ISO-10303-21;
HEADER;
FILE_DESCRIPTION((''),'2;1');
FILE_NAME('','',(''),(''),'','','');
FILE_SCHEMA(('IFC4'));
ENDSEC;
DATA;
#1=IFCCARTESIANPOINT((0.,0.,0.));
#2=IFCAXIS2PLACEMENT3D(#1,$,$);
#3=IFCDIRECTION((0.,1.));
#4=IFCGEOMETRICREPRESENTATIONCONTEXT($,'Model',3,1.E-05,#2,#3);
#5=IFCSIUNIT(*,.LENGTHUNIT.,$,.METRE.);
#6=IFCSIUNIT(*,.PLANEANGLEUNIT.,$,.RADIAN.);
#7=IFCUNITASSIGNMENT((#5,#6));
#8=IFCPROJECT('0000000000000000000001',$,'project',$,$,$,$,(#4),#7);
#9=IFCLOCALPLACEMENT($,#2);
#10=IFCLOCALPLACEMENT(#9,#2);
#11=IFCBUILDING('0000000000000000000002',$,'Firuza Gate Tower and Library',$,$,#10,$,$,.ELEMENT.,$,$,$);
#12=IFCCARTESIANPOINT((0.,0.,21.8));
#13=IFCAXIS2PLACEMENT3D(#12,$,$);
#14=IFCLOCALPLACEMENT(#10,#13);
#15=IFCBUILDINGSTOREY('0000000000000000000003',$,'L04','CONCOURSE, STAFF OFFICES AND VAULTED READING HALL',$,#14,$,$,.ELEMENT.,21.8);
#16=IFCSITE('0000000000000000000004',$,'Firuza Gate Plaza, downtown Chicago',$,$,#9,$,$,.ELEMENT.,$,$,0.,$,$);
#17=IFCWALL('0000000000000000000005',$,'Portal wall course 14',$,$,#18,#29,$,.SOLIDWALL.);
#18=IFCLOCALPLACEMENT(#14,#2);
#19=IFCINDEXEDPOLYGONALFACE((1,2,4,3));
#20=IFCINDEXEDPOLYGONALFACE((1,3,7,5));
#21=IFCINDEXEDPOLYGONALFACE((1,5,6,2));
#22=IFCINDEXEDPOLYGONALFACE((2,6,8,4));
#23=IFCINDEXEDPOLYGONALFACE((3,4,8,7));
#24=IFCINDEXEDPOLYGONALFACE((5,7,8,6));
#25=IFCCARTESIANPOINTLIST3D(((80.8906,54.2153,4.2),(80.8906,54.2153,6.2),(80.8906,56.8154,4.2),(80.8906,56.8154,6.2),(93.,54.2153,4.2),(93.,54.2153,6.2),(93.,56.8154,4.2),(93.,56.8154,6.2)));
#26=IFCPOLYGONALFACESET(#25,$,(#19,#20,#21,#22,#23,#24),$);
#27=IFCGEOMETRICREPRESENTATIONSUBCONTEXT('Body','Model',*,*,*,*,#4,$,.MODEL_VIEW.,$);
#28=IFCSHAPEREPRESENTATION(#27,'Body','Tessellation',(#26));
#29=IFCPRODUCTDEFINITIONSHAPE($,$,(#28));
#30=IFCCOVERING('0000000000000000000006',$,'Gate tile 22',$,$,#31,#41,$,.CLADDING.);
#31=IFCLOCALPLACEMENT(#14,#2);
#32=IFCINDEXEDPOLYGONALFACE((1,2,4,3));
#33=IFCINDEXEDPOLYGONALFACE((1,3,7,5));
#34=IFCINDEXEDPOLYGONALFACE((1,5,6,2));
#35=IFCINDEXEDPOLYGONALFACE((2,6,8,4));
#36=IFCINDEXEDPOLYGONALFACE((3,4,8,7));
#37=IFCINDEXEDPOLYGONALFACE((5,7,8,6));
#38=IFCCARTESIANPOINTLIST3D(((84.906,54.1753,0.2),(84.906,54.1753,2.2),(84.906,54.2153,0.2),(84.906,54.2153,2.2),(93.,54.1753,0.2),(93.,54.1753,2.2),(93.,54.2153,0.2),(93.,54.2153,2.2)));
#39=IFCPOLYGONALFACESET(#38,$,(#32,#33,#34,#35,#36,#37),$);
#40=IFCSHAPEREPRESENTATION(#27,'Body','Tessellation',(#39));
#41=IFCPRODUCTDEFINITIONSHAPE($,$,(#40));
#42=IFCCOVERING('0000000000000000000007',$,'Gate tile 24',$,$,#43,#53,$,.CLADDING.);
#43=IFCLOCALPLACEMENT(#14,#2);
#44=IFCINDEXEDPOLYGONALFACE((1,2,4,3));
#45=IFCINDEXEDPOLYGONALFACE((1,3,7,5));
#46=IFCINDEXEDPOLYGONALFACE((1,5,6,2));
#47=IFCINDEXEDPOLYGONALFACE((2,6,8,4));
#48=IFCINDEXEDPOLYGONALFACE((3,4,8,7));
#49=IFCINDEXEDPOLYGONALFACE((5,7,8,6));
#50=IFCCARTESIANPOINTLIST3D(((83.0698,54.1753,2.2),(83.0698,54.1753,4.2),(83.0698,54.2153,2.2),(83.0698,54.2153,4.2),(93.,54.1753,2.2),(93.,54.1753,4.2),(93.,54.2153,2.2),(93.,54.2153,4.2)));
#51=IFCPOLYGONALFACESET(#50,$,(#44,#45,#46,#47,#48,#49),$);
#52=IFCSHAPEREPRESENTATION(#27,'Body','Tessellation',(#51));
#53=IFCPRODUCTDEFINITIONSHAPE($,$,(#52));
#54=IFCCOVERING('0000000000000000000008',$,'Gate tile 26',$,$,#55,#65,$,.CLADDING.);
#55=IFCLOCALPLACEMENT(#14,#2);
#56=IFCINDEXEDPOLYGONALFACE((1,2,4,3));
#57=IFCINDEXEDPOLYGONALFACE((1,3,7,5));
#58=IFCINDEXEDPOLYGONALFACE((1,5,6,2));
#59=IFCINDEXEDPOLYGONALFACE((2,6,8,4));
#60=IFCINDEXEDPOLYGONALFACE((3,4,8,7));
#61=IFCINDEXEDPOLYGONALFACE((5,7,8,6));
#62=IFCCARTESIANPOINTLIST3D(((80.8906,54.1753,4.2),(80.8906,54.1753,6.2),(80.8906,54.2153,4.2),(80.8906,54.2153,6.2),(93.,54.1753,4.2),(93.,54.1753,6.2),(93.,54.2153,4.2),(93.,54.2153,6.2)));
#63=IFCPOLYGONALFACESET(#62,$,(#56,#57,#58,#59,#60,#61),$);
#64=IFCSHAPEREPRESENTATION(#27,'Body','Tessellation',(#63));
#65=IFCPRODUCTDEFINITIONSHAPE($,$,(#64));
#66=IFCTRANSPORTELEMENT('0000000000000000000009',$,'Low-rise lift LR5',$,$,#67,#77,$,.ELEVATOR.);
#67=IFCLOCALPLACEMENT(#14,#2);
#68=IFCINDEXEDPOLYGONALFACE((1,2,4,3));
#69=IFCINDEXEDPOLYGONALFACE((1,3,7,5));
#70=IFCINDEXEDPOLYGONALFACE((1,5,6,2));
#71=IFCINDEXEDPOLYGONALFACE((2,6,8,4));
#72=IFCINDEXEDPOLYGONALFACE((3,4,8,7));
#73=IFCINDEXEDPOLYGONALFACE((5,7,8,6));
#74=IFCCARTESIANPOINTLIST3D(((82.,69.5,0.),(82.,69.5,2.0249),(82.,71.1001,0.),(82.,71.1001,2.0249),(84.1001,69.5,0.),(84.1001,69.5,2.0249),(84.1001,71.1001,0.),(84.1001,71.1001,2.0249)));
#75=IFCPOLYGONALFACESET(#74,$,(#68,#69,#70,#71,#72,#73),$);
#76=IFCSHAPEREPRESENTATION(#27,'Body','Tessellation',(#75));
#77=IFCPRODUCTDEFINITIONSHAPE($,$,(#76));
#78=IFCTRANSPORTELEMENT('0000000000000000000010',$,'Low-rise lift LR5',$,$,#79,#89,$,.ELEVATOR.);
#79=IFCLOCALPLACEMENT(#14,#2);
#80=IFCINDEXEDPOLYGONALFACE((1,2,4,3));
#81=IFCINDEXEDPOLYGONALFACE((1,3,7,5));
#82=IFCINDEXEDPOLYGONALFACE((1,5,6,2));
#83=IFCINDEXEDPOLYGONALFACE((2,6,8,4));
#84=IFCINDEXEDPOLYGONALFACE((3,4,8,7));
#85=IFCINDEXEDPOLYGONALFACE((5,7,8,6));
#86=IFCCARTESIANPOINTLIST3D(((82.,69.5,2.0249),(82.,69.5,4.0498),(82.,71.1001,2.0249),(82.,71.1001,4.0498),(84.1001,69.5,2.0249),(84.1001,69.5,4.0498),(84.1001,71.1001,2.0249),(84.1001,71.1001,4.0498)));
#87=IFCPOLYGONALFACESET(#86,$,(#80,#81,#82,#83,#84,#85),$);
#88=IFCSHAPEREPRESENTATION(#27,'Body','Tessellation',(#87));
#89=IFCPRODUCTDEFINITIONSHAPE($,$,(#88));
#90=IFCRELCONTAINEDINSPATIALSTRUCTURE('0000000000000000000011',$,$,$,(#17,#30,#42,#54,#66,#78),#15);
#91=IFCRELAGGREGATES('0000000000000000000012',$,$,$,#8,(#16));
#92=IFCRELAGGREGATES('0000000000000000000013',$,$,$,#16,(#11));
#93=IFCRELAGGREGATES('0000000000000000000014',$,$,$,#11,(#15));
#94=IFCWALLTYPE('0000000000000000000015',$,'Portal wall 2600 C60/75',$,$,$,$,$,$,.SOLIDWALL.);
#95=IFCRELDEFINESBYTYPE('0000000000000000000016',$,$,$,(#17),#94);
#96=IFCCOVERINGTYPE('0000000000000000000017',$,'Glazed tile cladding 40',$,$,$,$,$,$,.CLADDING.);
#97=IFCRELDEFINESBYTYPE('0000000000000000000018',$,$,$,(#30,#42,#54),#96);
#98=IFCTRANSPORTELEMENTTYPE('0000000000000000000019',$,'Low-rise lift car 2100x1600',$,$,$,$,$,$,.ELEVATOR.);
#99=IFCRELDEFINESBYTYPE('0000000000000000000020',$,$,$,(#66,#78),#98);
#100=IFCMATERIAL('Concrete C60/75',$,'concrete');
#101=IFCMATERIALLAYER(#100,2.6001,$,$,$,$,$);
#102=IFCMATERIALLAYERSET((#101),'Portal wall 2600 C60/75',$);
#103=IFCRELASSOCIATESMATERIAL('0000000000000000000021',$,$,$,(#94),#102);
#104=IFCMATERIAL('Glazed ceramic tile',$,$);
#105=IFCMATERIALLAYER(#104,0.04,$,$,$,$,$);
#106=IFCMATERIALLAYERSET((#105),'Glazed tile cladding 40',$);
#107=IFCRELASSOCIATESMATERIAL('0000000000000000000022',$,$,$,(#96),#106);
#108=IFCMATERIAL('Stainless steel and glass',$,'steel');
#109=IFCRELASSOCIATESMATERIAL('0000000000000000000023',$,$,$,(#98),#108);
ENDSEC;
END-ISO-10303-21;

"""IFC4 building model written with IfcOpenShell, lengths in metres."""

from ifc_helpers import new_model, si_unit, direction, frame, frame_2d, origin, origin_2d, place, context, subcontext, project, spatial, polyline, rectangle, outline, extrude, material, layer, layer_set, type_object, element, save


model = new_model("IFC4")

# Units and contexts
model_context = context("Model", 3, precision=1e-05, world=origin(), true_north=direction((0.0, 1.0)))
body_context = subcontext(model_context, "Body", "Model", "MODEL_VIEW")
ifc_project = project(units=[si_unit("LENGTHUNIT", "METRE"), si_unit("PLANEANGLEUNIT", "RADIAN")], contexts=[model_context])

# Site, building, storey
site_placement = place(None, origin())
site = spatial("IfcSite", under=ifc_project, at=site_placement, Name="Firuza Gate Plaza, downtown Chicago", CompositionType="ELEMENT", RefElevation=0.0)
building_placement = place(site_placement, origin())
building = spatial("IfcBuilding", under=site, at=building_placement, Name="Firuza Gate Tower and Library", CompositionType="ELEMENT")
storey_placement = place(building_placement, frame((0.0, 0.0, 21.8)))
storey = spatial("IfcBuildingStorey", under=building, at=storey_placement, Name="L04", Description="CONCOURSE, STAFF OFFICES AND VAULTED READING HALL", CompositionType="ELEMENT", Elevation=21.8)

# Wall
ifc_material_1 = material(Name="Concrete C60/75", Category="concrete")
ifc_layer_1 = layer(ifc_material_1, 2.6001)
ifc_layer_set_1 = layer_set([ifc_layer_1], Name="Portal wall 2600 C60/75")
wall_type_1 = type_object("IfcWallType", Name="Portal wall 2600 C60/75", PredefinedType="SOLIDWALL", material=ifc_layer_set_1)
wall_1_placement = place(storey_placement, frame((80.8906, 55.5154, 4.2), z_axis=(0.0, 0.0, 1.0), x_axis=(1.0, 0.0, 0.0)))
element("IfcWall", 1, at=wall_1_placement, inside=storey, type_object=wall_type_1, Name="Portal wall course 14", PredefinedType="SOLIDWALL", context=body_context, shape_type="SweptSolid", body=[
    extrude(rectangle(XDim=12.1094, YDim=2.6001, at=frame_2d((6.0547, 0.0))), origin(), (0.0, 0.0, 1.0), 2.0),
])

# Coverings
ifc_material_2 = material(Name="Glazed ceramic tile")
ifc_layer_2 = layer(ifc_material_2, 0.04)
ifc_layer_set_2 = layer_set([ifc_layer_2], Name="Glazed tile cladding 40")
covering_type = type_object("IfcCoveringType", Name="Glazed tile cladding 40", PredefinedType="CLADDING", material=ifc_layer_set_2)
covering_1_placement = place(storey_placement, frame((84.906, 54.1753, 0.2), z_axis=(0.0, -1.0, 0.0), x_axis=(1.0, 0.0, 0.0)))
element("IfcCovering", 2, at=covering_1_placement, inside=storey, type_object=covering_type, Name="Gate tile 22", PredefinedType="CLADDING", context=body_context, shape_type="SweptSolid", body=[
    extrude(outline(polyline([(0.0, 0.0), (8.094, 0.0), (8.094, 2.0), (0.0, 2.0), (0.0, 0.0)])), origin(), (0.0, 0.0, -1.0), 0.04),
])
covering_2_placement = place(storey_placement, frame((83.0698, 54.1753, 2.2), z_axis=(0.0, -1.0, 0.0), x_axis=(1.0, 0.0, 0.0)))
element("IfcCovering", 3, at=covering_2_placement, inside=storey, type_object=covering_type, Name="Gate tile 24", PredefinedType="CLADDING", context=body_context, shape_type="SweptSolid", body=[
    extrude(outline(polyline([(0.0, 0.0), (9.9302, 0.0), (9.9302, 2.0), (0.0, 2.0), (0.0, 0.0)])), origin(), (0.0, 0.0, -1.0), 0.04),
])
covering_3_placement = place(storey_placement, frame((80.8906, 54.1753, 4.2), z_axis=(0.0, -1.0, 0.0), x_axis=(1.0, 0.0, 0.0)))
element("IfcCovering", 4, at=covering_3_placement, inside=storey, type_object=covering_type, Name="Gate tile 26", PredefinedType="CLADDING", context=body_context, shape_type="SweptSolid", body=[
    extrude(outline(polyline([(0.0, 0.0), (12.1094, 0.0), (12.1094, 2.0), (0.0, 2.0), (0.0, 0.0)])), origin(), (0.0, 0.0, -1.0), 0.04),
])

# Transport elements
ifc_material_3 = material(Name="Stainless steel and glass", Category="steel")
transport_element_type = type_object("IfcTransportElementType", Name="Low-rise lift car 2100x1600", PredefinedType="ELEVATOR", material=ifc_material_3)
for number, where, z_axis, x_axis, name in (
    (5, (83.05, 70.3, 0.0), (0.0, 0.0, 1.0), (1.0, 0.0, 0.0), "Low-rise lift LR5"),
    (6, (83.05, 70.3, 2.0249), (0.0, 0.0, 1.0), (1.0, 0.0, 0.0), "Low-rise lift LR5"),
):
    element("IfcTransportElement", number, at=place(storey_placement, frame(where, z_axis=z_axis, x_axis=x_axis)), inside=storey, type_object=transport_element_type, Name=name, PredefinedType="ELEVATOR", context=body_context, shape_type="SweptSolid", body=[
        extrude(rectangle(XDim=2.1001, YDim=1.6001, at=origin_2d()), origin(), (0.0, 0.0, 1.0), 2.0249),
    ])

save(model, "model.ifc")
